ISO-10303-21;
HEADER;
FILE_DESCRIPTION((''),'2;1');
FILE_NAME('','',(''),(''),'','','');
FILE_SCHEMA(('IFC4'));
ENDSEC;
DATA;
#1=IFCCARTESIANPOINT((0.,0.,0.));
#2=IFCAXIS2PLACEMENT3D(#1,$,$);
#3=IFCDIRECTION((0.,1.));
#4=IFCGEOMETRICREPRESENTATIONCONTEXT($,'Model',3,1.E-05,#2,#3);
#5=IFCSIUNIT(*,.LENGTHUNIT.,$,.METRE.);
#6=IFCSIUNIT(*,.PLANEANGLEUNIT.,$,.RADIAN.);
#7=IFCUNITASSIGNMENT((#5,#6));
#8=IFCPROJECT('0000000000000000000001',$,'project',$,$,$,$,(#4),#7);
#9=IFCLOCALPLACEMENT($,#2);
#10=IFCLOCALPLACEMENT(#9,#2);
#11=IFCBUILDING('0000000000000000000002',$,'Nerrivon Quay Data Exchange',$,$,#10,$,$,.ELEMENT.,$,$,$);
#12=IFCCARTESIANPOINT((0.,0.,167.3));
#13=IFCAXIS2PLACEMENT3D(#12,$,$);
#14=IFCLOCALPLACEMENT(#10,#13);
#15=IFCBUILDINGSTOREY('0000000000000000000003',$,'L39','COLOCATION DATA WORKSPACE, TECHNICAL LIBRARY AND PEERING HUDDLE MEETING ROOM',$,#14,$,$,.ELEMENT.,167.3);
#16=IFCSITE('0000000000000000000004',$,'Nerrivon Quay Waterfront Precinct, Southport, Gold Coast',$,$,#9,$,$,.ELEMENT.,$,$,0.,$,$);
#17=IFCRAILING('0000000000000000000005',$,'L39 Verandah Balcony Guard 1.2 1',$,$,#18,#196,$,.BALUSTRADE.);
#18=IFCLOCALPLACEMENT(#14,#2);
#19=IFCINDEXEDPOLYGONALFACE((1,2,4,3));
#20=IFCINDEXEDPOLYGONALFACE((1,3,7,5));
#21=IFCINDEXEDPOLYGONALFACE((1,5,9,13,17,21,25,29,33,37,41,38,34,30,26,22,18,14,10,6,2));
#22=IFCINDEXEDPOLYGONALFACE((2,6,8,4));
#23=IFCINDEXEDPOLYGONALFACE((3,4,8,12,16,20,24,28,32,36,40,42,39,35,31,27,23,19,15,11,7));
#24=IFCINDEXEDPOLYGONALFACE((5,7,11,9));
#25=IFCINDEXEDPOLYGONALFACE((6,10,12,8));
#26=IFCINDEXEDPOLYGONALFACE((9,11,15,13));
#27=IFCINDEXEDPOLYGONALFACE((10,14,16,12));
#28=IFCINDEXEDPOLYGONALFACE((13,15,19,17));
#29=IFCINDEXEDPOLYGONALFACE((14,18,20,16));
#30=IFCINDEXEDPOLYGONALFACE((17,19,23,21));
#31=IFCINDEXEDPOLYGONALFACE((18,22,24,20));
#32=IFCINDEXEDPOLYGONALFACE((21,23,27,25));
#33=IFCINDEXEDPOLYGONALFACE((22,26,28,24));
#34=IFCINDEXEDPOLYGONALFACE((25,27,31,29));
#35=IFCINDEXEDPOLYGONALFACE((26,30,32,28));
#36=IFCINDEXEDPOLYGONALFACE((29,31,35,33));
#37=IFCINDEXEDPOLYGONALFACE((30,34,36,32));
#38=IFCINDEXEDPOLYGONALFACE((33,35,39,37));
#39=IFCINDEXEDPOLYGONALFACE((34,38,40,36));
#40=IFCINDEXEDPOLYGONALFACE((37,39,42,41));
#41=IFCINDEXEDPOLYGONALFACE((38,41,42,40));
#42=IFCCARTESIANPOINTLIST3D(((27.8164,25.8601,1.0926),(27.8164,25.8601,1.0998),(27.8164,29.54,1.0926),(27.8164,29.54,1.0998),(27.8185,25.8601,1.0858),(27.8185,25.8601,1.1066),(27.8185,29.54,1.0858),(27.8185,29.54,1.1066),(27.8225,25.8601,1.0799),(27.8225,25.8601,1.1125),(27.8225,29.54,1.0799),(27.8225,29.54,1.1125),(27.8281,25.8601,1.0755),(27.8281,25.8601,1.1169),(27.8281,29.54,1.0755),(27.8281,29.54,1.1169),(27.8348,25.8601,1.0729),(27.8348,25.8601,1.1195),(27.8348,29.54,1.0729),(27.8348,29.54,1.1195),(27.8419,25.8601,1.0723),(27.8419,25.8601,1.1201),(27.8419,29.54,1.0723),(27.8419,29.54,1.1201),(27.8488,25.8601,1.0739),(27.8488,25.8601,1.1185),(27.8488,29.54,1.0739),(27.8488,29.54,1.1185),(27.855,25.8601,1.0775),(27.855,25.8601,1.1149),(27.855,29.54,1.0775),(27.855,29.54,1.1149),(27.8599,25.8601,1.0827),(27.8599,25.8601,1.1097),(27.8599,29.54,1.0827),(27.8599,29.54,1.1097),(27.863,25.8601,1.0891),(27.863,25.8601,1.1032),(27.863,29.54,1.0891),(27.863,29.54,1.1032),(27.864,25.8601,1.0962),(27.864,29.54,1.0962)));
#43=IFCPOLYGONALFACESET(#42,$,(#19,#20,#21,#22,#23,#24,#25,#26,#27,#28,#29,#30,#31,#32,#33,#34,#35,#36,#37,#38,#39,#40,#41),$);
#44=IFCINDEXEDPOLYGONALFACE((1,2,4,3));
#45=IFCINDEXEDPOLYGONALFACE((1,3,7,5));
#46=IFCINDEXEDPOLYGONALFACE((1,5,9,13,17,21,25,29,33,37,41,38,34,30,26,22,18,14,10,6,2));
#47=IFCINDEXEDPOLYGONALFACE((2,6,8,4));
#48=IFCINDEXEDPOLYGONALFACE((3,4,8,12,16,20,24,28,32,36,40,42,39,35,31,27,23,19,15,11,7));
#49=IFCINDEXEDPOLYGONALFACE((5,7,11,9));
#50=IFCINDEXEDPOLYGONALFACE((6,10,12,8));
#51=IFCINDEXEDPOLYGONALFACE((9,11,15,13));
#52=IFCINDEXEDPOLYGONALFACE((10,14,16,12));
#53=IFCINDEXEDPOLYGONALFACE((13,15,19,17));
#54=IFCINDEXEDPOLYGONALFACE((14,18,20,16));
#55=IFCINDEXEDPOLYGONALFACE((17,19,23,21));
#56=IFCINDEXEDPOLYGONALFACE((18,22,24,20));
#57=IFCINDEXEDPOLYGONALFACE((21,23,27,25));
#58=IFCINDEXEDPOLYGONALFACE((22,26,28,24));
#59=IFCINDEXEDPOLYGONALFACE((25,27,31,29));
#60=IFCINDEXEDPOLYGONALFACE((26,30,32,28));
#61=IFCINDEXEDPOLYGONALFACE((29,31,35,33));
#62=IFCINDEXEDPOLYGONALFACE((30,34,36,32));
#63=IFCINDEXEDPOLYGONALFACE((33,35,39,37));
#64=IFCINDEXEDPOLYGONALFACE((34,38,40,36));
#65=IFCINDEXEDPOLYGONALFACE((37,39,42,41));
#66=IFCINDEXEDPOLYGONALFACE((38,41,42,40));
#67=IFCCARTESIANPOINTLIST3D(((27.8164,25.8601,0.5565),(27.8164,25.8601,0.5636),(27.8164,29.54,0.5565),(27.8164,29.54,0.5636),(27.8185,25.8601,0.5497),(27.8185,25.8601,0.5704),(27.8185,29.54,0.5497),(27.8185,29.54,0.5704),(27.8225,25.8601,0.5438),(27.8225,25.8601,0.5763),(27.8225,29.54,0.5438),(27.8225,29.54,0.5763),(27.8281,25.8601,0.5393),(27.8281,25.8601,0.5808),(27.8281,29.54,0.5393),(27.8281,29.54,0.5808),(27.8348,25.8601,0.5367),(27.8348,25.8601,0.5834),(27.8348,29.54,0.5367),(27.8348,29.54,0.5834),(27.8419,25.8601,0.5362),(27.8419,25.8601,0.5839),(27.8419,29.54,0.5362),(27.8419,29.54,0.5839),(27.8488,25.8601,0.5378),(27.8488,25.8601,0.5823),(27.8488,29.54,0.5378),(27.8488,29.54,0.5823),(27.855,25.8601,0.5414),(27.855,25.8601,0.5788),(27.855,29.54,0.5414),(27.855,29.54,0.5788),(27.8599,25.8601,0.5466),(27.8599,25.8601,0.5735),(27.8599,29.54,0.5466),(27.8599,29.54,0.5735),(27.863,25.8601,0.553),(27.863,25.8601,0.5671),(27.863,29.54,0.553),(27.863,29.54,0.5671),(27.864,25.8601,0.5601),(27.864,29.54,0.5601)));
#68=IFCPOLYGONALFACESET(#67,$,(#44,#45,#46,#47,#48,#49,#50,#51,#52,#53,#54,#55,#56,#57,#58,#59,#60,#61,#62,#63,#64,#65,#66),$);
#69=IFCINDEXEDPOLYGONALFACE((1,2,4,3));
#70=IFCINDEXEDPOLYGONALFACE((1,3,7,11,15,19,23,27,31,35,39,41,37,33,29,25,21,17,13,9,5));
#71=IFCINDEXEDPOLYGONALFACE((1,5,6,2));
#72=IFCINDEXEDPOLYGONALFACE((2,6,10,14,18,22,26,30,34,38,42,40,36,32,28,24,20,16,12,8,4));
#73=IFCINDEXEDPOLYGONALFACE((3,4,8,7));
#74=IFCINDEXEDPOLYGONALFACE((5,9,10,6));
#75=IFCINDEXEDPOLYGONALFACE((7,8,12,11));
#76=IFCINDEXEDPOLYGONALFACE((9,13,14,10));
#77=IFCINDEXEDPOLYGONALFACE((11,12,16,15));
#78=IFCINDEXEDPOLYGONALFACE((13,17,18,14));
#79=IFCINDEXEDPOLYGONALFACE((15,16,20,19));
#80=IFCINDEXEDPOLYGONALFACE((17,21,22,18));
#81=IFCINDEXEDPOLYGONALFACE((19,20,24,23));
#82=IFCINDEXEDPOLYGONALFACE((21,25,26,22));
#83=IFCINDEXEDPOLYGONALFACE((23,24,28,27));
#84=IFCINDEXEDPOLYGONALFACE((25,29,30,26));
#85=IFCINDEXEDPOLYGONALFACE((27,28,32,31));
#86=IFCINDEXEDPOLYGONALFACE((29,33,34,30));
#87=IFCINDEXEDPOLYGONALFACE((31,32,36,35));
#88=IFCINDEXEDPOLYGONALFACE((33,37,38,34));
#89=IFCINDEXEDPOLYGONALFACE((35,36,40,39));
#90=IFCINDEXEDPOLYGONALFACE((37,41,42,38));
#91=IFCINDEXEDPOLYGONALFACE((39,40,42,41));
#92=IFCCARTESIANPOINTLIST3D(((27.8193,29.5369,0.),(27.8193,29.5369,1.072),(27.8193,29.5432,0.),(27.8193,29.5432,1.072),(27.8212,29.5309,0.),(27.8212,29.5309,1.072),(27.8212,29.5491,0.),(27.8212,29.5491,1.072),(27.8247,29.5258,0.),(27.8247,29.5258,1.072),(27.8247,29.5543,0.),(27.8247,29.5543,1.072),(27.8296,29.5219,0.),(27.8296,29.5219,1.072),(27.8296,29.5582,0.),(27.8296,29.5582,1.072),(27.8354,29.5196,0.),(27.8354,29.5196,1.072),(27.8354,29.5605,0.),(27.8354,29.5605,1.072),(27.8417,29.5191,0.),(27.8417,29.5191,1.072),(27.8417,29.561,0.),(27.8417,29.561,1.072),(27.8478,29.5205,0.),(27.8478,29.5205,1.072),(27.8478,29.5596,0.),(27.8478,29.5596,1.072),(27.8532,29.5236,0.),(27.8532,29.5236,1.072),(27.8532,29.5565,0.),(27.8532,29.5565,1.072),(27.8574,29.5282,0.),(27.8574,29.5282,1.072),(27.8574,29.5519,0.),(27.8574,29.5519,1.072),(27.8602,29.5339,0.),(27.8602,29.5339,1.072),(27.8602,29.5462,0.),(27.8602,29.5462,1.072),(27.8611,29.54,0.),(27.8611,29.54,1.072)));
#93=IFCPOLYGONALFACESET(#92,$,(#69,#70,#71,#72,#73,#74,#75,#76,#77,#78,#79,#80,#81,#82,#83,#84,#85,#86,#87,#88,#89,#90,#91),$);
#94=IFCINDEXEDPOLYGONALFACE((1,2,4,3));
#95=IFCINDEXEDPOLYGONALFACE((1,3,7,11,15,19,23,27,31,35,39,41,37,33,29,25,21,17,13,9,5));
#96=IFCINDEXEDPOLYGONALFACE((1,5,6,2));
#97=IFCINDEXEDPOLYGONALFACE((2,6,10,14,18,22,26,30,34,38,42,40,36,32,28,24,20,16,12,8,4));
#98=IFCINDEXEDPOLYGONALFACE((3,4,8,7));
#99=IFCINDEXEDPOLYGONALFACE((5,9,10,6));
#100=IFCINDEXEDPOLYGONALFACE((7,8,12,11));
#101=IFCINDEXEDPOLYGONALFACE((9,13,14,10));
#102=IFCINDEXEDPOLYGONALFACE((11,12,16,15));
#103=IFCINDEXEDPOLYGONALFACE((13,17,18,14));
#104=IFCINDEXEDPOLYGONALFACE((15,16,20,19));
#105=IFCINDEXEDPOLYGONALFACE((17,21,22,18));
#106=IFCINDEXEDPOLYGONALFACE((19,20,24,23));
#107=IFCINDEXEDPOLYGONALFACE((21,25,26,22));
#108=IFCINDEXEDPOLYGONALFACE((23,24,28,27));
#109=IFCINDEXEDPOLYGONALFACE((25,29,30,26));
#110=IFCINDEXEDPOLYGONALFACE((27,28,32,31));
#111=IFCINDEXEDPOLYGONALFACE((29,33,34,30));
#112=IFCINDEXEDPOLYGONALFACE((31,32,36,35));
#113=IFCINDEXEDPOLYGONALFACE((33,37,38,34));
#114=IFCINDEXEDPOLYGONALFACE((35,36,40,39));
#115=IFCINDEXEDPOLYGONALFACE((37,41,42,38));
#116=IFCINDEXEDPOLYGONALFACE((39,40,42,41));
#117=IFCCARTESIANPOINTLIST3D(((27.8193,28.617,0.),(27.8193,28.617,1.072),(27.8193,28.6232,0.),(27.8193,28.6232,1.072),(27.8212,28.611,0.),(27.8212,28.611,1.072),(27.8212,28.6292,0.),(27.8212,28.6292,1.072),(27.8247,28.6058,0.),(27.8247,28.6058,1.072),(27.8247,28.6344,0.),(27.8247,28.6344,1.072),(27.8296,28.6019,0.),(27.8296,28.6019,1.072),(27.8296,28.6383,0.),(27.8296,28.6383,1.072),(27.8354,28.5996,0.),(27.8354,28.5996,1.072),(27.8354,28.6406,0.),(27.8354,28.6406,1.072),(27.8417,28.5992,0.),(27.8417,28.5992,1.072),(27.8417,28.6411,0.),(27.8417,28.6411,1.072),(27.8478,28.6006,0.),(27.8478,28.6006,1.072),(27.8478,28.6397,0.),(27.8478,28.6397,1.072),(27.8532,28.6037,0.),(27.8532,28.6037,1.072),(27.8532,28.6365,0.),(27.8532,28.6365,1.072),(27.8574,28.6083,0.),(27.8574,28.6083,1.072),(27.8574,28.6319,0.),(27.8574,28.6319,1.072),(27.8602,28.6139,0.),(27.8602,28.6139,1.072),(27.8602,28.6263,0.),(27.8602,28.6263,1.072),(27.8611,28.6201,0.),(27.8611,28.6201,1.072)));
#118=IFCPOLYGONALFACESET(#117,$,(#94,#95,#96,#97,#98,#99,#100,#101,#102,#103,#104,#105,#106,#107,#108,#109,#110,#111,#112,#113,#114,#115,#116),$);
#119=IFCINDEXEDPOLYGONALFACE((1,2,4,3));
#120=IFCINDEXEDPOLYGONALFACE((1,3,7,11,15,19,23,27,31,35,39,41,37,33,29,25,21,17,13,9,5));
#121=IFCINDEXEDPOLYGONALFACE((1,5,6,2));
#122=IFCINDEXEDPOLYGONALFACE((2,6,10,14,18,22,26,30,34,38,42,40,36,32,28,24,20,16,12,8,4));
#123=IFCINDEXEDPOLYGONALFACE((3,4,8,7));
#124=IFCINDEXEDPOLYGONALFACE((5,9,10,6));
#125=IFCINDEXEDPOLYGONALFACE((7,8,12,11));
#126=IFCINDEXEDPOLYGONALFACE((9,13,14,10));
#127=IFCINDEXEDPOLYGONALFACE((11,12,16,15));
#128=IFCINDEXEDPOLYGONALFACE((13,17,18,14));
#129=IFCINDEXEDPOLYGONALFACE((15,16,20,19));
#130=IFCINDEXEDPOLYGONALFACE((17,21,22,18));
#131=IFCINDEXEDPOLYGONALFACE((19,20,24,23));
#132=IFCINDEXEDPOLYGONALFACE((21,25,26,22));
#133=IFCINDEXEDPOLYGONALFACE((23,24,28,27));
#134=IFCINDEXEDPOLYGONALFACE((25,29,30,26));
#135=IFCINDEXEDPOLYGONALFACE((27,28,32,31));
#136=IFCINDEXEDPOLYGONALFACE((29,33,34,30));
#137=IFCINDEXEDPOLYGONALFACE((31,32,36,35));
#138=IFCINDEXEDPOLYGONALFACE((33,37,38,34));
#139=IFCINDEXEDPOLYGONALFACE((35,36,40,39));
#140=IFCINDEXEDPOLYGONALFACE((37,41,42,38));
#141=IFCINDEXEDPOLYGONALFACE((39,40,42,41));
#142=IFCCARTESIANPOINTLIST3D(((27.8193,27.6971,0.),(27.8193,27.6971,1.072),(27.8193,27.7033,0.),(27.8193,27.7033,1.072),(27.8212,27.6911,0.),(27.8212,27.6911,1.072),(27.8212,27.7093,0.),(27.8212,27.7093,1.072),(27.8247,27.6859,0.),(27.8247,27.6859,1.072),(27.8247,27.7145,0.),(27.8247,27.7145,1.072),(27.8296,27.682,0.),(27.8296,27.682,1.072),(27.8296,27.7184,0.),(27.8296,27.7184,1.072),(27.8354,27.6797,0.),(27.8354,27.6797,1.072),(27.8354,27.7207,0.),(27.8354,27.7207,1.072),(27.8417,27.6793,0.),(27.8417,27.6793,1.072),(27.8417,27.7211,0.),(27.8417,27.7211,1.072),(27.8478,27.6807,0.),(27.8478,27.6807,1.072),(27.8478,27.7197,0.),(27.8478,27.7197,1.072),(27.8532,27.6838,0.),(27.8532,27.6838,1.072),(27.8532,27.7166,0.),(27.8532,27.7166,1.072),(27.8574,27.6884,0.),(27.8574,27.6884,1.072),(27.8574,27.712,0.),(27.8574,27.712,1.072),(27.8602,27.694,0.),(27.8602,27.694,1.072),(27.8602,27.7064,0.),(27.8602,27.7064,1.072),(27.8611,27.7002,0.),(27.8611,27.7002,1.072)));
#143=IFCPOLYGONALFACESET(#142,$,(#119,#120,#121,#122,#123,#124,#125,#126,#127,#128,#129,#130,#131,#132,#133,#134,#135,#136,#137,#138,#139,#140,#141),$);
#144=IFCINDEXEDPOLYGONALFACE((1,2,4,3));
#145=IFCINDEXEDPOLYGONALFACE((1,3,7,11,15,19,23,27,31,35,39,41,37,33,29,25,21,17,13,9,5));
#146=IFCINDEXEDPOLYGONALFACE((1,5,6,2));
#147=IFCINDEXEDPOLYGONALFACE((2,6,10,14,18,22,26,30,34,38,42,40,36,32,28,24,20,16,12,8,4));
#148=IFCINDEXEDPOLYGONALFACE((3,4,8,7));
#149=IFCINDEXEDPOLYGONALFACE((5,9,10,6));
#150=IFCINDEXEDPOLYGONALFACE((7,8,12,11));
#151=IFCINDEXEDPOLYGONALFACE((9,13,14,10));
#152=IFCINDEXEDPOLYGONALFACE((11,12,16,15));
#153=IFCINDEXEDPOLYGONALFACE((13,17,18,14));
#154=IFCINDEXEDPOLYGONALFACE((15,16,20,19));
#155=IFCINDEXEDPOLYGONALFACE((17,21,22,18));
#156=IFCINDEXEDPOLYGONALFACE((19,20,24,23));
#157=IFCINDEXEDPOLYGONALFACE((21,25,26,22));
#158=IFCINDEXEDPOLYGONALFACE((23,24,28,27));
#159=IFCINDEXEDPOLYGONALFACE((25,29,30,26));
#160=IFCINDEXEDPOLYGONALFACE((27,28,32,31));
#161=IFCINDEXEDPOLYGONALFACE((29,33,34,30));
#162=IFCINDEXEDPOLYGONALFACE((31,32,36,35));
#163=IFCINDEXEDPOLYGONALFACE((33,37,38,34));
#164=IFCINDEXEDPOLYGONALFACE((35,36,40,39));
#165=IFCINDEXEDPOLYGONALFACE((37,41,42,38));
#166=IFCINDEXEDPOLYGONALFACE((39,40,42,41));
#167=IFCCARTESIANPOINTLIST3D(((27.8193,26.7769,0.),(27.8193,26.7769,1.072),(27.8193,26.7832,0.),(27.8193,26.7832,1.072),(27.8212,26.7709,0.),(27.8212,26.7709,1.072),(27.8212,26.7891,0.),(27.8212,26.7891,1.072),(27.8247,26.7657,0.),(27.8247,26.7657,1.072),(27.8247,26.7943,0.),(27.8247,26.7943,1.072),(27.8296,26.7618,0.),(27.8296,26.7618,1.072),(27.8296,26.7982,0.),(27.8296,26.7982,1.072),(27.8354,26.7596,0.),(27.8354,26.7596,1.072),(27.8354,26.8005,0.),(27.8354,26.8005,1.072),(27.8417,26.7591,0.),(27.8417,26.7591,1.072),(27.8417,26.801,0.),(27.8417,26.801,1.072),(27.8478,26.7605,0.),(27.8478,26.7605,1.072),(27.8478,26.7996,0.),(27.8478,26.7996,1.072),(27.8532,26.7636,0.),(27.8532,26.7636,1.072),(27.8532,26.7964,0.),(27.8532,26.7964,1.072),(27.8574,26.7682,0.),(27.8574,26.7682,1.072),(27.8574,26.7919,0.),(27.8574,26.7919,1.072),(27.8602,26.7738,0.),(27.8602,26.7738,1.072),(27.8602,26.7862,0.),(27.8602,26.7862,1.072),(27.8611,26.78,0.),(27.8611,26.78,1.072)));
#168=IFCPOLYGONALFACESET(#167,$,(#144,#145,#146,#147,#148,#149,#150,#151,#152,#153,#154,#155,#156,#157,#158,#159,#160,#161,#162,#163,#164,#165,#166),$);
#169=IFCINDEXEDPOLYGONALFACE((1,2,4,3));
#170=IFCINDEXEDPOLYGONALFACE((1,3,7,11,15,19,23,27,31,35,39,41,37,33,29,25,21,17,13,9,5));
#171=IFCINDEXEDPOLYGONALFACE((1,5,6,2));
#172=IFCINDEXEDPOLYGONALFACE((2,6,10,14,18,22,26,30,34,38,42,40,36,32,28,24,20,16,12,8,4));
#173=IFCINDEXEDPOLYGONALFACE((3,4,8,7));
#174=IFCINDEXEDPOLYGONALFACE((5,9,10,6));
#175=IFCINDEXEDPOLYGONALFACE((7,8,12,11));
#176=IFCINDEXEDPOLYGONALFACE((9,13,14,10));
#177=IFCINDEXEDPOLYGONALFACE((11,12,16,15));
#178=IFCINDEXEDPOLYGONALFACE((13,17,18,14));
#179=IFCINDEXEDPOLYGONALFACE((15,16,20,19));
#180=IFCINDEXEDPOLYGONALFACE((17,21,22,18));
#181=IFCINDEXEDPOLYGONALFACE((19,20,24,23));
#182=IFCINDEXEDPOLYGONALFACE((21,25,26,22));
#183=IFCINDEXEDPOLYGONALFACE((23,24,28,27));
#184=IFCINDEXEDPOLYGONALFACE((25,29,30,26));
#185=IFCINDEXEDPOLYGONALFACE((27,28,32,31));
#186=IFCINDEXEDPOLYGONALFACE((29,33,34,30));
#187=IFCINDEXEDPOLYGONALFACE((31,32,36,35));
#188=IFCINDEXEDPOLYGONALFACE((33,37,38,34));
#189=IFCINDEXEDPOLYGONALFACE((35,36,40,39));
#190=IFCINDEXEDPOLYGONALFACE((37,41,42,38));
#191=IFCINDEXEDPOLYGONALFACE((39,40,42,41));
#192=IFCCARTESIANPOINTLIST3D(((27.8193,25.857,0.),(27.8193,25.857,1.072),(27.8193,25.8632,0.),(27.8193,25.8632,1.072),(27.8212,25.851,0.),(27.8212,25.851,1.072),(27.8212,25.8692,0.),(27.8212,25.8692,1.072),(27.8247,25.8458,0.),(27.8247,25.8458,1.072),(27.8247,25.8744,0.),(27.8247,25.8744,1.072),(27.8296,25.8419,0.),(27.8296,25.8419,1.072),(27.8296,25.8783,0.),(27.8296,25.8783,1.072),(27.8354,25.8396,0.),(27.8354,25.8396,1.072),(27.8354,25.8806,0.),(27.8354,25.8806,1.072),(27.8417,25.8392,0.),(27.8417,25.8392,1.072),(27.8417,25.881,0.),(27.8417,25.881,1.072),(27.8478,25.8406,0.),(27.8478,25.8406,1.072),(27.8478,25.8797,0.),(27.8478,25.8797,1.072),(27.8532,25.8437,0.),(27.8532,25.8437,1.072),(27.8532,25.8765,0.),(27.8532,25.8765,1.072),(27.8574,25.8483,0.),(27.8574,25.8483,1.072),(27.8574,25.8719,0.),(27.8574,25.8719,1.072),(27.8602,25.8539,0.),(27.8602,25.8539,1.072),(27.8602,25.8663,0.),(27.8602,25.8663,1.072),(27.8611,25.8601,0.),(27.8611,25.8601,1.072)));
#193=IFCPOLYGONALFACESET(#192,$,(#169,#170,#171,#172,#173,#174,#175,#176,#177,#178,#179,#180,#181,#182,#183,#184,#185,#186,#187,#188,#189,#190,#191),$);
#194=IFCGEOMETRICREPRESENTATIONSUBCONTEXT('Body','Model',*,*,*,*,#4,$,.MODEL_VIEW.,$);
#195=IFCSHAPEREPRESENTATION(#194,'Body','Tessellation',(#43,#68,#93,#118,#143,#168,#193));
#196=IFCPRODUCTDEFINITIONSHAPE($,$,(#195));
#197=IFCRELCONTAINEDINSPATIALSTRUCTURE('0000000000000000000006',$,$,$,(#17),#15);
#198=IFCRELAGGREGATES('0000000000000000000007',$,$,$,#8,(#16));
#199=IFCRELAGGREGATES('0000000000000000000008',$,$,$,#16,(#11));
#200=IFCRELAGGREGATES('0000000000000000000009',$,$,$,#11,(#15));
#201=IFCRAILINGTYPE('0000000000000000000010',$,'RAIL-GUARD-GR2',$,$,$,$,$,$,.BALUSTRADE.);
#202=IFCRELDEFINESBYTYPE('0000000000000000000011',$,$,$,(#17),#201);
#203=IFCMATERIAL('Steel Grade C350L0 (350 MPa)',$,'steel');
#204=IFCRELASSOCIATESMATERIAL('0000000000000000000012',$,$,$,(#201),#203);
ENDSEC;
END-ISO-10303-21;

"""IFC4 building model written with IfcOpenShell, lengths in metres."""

from ifc_helpers import new_model, si_unit, direction, frame, origin, origin_2d, place, context, subcontext, project, spatial, circle, extrude, material, type_object, element, save


model = new_model("IFC4")

# Units and contexts
model_context = context("Model", 3, precision=1e-05, world=origin(), true_north=direction((0.0, 1.0)))
body_context = subcontext(model_context, "Body", "Model", "MODEL_VIEW")
ifc_project = project(units=[si_unit("LENGTHUNIT", "METRE"), si_unit("PLANEANGLEUNIT", "RADIAN")], contexts=[model_context])

# Site, building, storey
site_placement = place(None, origin())
site = spatial("IfcSite", under=ifc_project, at=site_placement, Name="Nerrivon Quay Waterfront Precinct, Southport, Gold Coast", CompositionType="ELEMENT", RefElevation=0.0)
building_placement = place(site_placement, origin())
building = spatial("IfcBuilding", under=site, at=building_placement, Name="Nerrivon Quay Data Exchange", CompositionType="ELEMENT")
storey_placement = place(building_placement, frame((0.0, 0.0, 167.3)))
storey = spatial("IfcBuildingStorey", under=building, at=storey_placement, Name="L39", Description="COLOCATION DATA WORKSPACE, TECHNICAL LIBRARY AND PEERING HUDDLE MEETING ROOM", CompositionType="ELEMENT", Elevation=167.3)

# Shared definitions
ifc_material_1 = material(Name="Steel Grade C350L0 (350 MPa)", Category="steel")

# Railing
railing_type = type_object("IfcRailingType", Name="RAIL-GUARD-GR2", PredefinedType="BALUSTRADE", material=ifc_material_1)
railing_1_placement = place(storey_placement, frame((27.8401, 29.54, 0.0)))
element("IfcRailing", 1, at=railing_1_placement, inside=storey, type_object=railing_type, Name="L39 Verandah Balcony Guard 1.2 1", PredefinedType="BALUSTRADE", context=body_context, shape_type="SweptSolid", body=[
    extrude(circle(Radius=0.0239, at=origin_2d()), frame((0.0, 0.0, 1.0962), z_axis=(0.0, -1.0, 0.0), x_axis=(1.0, 0.0, 0.0)), (0.0, 0.0, 1.0), 3.6799),
    extrude(circle(Radius=0.0239, at=origin_2d()), frame((0.0, 0.0, 0.5601), z_axis=(0.0, -1.0, 0.0), x_axis=(1.0, 0.0, 0.0)), (0.0, 0.0, 1.0), 3.6799),
    extrude(circle(Radius=0.021, at=origin_2d()), origin(), (0.0, 0.0, 1.0), 1.072),
    extrude(circle(Radius=0.021, at=origin_2d()), frame((0.0, -0.9199, 0.0)), (0.0, 0.0, 1.0), 1.072),
    extrude(circle(Radius=0.021, at=origin_2d()), frame((0.0, -1.8398, 0.0)), (0.0, 0.0, 1.0), 1.072),
    extrude(circle(Radius=0.021, at=origin_2d()), frame((0.0, -2.76, 0.0)), (0.0, 0.0, 1.0), 1.072),
    extrude(circle(Radius=0.021, at=origin_2d()), frame((0.0, -3.6799, 0.0)), (0.0, 0.0, 1.0), 1.072),
])

save(model, "model.ifc")
